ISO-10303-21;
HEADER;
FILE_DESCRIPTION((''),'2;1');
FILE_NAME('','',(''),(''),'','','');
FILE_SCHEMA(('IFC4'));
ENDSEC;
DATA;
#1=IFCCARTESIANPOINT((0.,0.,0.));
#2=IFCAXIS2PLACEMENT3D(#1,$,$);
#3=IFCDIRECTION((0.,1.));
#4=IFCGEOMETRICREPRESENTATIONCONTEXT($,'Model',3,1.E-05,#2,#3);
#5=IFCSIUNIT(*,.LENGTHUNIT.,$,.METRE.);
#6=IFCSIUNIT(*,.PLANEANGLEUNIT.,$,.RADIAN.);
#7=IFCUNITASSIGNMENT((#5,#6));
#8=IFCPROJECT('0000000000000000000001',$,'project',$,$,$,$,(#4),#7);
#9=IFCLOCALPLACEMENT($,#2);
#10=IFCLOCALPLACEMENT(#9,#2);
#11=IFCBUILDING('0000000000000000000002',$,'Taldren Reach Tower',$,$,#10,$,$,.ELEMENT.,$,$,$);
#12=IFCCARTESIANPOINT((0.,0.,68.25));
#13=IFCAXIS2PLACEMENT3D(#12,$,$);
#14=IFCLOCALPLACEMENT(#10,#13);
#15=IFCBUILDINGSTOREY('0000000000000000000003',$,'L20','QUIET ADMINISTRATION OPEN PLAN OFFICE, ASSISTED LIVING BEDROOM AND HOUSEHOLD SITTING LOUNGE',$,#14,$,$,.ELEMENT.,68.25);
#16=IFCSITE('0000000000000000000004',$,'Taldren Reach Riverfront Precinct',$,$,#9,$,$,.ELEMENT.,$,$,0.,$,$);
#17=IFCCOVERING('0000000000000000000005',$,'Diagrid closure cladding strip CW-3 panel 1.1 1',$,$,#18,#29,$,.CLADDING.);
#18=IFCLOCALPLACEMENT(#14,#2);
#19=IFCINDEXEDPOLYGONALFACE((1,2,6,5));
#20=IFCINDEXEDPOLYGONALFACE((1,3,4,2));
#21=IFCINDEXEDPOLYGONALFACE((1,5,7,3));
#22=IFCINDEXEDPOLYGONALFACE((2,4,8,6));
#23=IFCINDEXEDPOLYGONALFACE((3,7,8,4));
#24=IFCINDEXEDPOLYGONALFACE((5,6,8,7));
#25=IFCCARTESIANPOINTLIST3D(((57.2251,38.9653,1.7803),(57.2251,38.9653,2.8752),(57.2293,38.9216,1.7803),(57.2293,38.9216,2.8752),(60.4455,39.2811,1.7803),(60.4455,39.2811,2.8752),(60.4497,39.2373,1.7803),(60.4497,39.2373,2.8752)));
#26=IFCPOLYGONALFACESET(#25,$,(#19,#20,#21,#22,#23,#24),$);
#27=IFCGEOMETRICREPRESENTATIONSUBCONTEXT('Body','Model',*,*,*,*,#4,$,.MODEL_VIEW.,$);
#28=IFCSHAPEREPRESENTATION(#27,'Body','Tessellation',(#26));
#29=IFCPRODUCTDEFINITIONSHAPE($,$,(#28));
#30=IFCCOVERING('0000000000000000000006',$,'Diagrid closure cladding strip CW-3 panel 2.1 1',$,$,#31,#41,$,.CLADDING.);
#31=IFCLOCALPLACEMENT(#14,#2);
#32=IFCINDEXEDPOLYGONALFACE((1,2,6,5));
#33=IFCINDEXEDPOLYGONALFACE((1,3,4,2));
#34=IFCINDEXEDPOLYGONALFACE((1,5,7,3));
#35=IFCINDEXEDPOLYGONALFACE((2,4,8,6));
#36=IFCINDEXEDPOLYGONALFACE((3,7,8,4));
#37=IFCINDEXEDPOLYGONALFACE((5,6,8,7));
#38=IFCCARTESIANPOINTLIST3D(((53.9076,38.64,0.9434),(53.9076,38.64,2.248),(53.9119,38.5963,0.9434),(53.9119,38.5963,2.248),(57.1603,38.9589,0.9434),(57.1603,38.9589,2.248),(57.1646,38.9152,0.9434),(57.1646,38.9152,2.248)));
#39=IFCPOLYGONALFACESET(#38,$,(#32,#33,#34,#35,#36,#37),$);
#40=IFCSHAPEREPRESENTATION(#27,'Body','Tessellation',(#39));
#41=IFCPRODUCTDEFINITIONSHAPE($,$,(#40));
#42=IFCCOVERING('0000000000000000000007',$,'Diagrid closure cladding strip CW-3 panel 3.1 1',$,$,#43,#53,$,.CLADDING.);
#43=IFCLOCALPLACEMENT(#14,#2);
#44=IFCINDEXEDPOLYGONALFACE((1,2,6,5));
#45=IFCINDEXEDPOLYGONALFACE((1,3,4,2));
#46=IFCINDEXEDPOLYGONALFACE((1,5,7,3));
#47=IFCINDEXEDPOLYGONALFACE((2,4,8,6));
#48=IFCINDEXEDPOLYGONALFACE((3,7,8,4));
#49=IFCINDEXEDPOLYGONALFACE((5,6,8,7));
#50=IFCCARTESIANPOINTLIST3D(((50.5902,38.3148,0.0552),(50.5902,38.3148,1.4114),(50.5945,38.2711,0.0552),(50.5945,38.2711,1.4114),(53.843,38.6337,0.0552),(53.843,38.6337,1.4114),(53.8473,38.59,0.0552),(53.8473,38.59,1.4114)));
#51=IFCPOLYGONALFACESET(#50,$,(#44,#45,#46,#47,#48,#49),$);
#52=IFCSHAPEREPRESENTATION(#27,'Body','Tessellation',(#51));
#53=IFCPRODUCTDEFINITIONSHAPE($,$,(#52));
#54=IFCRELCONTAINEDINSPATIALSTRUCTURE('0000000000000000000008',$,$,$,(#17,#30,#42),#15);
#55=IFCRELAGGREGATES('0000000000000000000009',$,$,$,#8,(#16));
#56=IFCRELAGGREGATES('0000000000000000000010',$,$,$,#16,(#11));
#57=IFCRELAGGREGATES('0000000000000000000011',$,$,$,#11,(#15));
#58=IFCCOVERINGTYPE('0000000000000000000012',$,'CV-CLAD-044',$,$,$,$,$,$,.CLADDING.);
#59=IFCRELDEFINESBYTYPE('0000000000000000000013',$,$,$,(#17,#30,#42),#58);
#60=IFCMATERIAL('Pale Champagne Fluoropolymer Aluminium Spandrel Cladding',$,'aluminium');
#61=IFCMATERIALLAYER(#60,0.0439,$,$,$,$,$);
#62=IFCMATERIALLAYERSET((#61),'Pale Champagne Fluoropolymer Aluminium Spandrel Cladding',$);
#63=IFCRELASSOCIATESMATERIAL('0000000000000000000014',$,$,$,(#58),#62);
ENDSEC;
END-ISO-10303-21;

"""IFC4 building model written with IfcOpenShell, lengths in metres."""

from ifc_helpers import new_model, si_unit, direction, frame, origin, origin_2d, place, context, subcontext, project, spatial, rectangle, extrude, source, transform, mapped, material, layer, layer_set, type_object, element, save


model = new_model("IFC4")

# Units and contexts
model_context = context("Model", 3, precision=1e-05, world=origin(), true_north=direction((0.0, 1.0)))
body_context = subcontext(model_context, "Body", "Model", "MODEL_VIEW")
ifc_project = project(units=[si_unit("LENGTHUNIT", "METRE"), si_unit("PLANEANGLEUNIT", "RADIAN")], contexts=[model_context])

# Site, building, storey
site_placement = place(None, origin())
site = spatial("IfcSite", under=ifc_project, at=site_placement, Name="Taldren Reach Riverfront Precinct", CompositionType="ELEMENT", RefElevation=0.0)
building_placement = place(site_placement, origin())
building = spatial("IfcBuilding", under=site, at=building_placement, Name="Taldren Reach Tower", CompositionType="ELEMENT")
storey_placement = place(building_placement, frame((0.0, 0.0, 68.25)))
storey = spatial("IfcBuildingStorey", under=building, at=storey_placement, Name="L20", Description="QUIET ADMINISTRATION OPEN PLAN OFFICE, ASSISTED LIVING BEDROOM AND HOUSEHOLD SITTING LOUNGE", CompositionType="ELEMENT", Elevation=68.25)

# Coverings
ifc_material_1 = material(Name="Pale Champagne Fluoropolymer Aluminium Spandrel Cladding", Category="aluminium")
ifc_layer_1 = layer(ifc_material_1, 0.0439)
ifc_layer_set_1 = layer_set([ifc_layer_1], Name="Pale Champagne Fluoropolymer Aluminium Spandrel Cladding")
covering_type = type_object("IfcCoveringType", Name="CV-CLAD-044", PredefinedType="CLADDING", material=ifc_layer_set_1)
shared_shape_1 = source(origin(), body_context, "Body", "SweptSolid", [
    extrude(rectangle(XDim=3.2358, YDim=0.0439, at=origin_2d()), origin(), (0.0, 0.0, 1.0), 1.095),
])
covering_1_placement = place(storey_placement, frame((58.8374, 39.1013, 1.7803), z_axis=(0.0, 0.0, 1.0), x_axis=(-0.995227, -0.097583, 0.0)))
element("IfcCovering", 1, at=covering_1_placement, inside=storey, type_object=covering_type, Name="Diagrid closure cladding strip CW-3 panel 1.1 1", PredefinedType="CLADDING", context=body_context, shape_type="MappedRepresentation", body=[
    mapped(shared_shape_1, transform((0.0, 0.0, 0.0), scale=1.0)),
])
shared_shape_2 = source(origin(), body_context, "Body", "SweptSolid", [
    extrude(rectangle(XDim=3.2683, YDim=0.0439, at=origin_2d()), origin(), (0.0, 0.0, 1.0), 1.3047),
])
covering_2_placement = place(storey_placement, frame((55.5361, 38.7776, 0.9434), z_axis=(0.0, 0.0, 1.0), x_axis=(-0.995227, -0.097583, 0.0)))
element("IfcCovering", 2, at=covering_2_placement, inside=storey, type_object=covering_type, Name="Diagrid closure cladding strip CW-3 panel 2.1 1", PredefinedType="CLADDING", context=body_context, shape_type="MappedRepresentation", body=[
    mapped(shared_shape_2, transform((0.0, 0.0, 0.0), scale=1.0)),
])
shared_shape_3 = source(origin(), body_context, "Body", "SweptSolid", [
    extrude(rectangle(XDim=3.2683, YDim=0.0439, at=origin_2d()), origin(), (0.0, 0.0, 1.0), 1.3562),
])
covering_3_placement = place(storey_placement, frame((52.2188, 38.4524, 0.0552), z_axis=(0.0, 0.0, 1.0), x_axis=(-0.995227, -0.097583, 0.0)))
element("IfcCovering", 3, at=covering_3_placement, inside=storey, type_object=covering_type, Name="Diagrid closure cladding strip CW-3 panel 3.1 1", PredefinedType="CLADDING", context=body_context, shape_type="MappedRepresentation", body=[
    mapped(shared_shape_3, transform((0.0, 0.0, 0.0), scale=1.0)),
])

save(model, "model.ifc")
